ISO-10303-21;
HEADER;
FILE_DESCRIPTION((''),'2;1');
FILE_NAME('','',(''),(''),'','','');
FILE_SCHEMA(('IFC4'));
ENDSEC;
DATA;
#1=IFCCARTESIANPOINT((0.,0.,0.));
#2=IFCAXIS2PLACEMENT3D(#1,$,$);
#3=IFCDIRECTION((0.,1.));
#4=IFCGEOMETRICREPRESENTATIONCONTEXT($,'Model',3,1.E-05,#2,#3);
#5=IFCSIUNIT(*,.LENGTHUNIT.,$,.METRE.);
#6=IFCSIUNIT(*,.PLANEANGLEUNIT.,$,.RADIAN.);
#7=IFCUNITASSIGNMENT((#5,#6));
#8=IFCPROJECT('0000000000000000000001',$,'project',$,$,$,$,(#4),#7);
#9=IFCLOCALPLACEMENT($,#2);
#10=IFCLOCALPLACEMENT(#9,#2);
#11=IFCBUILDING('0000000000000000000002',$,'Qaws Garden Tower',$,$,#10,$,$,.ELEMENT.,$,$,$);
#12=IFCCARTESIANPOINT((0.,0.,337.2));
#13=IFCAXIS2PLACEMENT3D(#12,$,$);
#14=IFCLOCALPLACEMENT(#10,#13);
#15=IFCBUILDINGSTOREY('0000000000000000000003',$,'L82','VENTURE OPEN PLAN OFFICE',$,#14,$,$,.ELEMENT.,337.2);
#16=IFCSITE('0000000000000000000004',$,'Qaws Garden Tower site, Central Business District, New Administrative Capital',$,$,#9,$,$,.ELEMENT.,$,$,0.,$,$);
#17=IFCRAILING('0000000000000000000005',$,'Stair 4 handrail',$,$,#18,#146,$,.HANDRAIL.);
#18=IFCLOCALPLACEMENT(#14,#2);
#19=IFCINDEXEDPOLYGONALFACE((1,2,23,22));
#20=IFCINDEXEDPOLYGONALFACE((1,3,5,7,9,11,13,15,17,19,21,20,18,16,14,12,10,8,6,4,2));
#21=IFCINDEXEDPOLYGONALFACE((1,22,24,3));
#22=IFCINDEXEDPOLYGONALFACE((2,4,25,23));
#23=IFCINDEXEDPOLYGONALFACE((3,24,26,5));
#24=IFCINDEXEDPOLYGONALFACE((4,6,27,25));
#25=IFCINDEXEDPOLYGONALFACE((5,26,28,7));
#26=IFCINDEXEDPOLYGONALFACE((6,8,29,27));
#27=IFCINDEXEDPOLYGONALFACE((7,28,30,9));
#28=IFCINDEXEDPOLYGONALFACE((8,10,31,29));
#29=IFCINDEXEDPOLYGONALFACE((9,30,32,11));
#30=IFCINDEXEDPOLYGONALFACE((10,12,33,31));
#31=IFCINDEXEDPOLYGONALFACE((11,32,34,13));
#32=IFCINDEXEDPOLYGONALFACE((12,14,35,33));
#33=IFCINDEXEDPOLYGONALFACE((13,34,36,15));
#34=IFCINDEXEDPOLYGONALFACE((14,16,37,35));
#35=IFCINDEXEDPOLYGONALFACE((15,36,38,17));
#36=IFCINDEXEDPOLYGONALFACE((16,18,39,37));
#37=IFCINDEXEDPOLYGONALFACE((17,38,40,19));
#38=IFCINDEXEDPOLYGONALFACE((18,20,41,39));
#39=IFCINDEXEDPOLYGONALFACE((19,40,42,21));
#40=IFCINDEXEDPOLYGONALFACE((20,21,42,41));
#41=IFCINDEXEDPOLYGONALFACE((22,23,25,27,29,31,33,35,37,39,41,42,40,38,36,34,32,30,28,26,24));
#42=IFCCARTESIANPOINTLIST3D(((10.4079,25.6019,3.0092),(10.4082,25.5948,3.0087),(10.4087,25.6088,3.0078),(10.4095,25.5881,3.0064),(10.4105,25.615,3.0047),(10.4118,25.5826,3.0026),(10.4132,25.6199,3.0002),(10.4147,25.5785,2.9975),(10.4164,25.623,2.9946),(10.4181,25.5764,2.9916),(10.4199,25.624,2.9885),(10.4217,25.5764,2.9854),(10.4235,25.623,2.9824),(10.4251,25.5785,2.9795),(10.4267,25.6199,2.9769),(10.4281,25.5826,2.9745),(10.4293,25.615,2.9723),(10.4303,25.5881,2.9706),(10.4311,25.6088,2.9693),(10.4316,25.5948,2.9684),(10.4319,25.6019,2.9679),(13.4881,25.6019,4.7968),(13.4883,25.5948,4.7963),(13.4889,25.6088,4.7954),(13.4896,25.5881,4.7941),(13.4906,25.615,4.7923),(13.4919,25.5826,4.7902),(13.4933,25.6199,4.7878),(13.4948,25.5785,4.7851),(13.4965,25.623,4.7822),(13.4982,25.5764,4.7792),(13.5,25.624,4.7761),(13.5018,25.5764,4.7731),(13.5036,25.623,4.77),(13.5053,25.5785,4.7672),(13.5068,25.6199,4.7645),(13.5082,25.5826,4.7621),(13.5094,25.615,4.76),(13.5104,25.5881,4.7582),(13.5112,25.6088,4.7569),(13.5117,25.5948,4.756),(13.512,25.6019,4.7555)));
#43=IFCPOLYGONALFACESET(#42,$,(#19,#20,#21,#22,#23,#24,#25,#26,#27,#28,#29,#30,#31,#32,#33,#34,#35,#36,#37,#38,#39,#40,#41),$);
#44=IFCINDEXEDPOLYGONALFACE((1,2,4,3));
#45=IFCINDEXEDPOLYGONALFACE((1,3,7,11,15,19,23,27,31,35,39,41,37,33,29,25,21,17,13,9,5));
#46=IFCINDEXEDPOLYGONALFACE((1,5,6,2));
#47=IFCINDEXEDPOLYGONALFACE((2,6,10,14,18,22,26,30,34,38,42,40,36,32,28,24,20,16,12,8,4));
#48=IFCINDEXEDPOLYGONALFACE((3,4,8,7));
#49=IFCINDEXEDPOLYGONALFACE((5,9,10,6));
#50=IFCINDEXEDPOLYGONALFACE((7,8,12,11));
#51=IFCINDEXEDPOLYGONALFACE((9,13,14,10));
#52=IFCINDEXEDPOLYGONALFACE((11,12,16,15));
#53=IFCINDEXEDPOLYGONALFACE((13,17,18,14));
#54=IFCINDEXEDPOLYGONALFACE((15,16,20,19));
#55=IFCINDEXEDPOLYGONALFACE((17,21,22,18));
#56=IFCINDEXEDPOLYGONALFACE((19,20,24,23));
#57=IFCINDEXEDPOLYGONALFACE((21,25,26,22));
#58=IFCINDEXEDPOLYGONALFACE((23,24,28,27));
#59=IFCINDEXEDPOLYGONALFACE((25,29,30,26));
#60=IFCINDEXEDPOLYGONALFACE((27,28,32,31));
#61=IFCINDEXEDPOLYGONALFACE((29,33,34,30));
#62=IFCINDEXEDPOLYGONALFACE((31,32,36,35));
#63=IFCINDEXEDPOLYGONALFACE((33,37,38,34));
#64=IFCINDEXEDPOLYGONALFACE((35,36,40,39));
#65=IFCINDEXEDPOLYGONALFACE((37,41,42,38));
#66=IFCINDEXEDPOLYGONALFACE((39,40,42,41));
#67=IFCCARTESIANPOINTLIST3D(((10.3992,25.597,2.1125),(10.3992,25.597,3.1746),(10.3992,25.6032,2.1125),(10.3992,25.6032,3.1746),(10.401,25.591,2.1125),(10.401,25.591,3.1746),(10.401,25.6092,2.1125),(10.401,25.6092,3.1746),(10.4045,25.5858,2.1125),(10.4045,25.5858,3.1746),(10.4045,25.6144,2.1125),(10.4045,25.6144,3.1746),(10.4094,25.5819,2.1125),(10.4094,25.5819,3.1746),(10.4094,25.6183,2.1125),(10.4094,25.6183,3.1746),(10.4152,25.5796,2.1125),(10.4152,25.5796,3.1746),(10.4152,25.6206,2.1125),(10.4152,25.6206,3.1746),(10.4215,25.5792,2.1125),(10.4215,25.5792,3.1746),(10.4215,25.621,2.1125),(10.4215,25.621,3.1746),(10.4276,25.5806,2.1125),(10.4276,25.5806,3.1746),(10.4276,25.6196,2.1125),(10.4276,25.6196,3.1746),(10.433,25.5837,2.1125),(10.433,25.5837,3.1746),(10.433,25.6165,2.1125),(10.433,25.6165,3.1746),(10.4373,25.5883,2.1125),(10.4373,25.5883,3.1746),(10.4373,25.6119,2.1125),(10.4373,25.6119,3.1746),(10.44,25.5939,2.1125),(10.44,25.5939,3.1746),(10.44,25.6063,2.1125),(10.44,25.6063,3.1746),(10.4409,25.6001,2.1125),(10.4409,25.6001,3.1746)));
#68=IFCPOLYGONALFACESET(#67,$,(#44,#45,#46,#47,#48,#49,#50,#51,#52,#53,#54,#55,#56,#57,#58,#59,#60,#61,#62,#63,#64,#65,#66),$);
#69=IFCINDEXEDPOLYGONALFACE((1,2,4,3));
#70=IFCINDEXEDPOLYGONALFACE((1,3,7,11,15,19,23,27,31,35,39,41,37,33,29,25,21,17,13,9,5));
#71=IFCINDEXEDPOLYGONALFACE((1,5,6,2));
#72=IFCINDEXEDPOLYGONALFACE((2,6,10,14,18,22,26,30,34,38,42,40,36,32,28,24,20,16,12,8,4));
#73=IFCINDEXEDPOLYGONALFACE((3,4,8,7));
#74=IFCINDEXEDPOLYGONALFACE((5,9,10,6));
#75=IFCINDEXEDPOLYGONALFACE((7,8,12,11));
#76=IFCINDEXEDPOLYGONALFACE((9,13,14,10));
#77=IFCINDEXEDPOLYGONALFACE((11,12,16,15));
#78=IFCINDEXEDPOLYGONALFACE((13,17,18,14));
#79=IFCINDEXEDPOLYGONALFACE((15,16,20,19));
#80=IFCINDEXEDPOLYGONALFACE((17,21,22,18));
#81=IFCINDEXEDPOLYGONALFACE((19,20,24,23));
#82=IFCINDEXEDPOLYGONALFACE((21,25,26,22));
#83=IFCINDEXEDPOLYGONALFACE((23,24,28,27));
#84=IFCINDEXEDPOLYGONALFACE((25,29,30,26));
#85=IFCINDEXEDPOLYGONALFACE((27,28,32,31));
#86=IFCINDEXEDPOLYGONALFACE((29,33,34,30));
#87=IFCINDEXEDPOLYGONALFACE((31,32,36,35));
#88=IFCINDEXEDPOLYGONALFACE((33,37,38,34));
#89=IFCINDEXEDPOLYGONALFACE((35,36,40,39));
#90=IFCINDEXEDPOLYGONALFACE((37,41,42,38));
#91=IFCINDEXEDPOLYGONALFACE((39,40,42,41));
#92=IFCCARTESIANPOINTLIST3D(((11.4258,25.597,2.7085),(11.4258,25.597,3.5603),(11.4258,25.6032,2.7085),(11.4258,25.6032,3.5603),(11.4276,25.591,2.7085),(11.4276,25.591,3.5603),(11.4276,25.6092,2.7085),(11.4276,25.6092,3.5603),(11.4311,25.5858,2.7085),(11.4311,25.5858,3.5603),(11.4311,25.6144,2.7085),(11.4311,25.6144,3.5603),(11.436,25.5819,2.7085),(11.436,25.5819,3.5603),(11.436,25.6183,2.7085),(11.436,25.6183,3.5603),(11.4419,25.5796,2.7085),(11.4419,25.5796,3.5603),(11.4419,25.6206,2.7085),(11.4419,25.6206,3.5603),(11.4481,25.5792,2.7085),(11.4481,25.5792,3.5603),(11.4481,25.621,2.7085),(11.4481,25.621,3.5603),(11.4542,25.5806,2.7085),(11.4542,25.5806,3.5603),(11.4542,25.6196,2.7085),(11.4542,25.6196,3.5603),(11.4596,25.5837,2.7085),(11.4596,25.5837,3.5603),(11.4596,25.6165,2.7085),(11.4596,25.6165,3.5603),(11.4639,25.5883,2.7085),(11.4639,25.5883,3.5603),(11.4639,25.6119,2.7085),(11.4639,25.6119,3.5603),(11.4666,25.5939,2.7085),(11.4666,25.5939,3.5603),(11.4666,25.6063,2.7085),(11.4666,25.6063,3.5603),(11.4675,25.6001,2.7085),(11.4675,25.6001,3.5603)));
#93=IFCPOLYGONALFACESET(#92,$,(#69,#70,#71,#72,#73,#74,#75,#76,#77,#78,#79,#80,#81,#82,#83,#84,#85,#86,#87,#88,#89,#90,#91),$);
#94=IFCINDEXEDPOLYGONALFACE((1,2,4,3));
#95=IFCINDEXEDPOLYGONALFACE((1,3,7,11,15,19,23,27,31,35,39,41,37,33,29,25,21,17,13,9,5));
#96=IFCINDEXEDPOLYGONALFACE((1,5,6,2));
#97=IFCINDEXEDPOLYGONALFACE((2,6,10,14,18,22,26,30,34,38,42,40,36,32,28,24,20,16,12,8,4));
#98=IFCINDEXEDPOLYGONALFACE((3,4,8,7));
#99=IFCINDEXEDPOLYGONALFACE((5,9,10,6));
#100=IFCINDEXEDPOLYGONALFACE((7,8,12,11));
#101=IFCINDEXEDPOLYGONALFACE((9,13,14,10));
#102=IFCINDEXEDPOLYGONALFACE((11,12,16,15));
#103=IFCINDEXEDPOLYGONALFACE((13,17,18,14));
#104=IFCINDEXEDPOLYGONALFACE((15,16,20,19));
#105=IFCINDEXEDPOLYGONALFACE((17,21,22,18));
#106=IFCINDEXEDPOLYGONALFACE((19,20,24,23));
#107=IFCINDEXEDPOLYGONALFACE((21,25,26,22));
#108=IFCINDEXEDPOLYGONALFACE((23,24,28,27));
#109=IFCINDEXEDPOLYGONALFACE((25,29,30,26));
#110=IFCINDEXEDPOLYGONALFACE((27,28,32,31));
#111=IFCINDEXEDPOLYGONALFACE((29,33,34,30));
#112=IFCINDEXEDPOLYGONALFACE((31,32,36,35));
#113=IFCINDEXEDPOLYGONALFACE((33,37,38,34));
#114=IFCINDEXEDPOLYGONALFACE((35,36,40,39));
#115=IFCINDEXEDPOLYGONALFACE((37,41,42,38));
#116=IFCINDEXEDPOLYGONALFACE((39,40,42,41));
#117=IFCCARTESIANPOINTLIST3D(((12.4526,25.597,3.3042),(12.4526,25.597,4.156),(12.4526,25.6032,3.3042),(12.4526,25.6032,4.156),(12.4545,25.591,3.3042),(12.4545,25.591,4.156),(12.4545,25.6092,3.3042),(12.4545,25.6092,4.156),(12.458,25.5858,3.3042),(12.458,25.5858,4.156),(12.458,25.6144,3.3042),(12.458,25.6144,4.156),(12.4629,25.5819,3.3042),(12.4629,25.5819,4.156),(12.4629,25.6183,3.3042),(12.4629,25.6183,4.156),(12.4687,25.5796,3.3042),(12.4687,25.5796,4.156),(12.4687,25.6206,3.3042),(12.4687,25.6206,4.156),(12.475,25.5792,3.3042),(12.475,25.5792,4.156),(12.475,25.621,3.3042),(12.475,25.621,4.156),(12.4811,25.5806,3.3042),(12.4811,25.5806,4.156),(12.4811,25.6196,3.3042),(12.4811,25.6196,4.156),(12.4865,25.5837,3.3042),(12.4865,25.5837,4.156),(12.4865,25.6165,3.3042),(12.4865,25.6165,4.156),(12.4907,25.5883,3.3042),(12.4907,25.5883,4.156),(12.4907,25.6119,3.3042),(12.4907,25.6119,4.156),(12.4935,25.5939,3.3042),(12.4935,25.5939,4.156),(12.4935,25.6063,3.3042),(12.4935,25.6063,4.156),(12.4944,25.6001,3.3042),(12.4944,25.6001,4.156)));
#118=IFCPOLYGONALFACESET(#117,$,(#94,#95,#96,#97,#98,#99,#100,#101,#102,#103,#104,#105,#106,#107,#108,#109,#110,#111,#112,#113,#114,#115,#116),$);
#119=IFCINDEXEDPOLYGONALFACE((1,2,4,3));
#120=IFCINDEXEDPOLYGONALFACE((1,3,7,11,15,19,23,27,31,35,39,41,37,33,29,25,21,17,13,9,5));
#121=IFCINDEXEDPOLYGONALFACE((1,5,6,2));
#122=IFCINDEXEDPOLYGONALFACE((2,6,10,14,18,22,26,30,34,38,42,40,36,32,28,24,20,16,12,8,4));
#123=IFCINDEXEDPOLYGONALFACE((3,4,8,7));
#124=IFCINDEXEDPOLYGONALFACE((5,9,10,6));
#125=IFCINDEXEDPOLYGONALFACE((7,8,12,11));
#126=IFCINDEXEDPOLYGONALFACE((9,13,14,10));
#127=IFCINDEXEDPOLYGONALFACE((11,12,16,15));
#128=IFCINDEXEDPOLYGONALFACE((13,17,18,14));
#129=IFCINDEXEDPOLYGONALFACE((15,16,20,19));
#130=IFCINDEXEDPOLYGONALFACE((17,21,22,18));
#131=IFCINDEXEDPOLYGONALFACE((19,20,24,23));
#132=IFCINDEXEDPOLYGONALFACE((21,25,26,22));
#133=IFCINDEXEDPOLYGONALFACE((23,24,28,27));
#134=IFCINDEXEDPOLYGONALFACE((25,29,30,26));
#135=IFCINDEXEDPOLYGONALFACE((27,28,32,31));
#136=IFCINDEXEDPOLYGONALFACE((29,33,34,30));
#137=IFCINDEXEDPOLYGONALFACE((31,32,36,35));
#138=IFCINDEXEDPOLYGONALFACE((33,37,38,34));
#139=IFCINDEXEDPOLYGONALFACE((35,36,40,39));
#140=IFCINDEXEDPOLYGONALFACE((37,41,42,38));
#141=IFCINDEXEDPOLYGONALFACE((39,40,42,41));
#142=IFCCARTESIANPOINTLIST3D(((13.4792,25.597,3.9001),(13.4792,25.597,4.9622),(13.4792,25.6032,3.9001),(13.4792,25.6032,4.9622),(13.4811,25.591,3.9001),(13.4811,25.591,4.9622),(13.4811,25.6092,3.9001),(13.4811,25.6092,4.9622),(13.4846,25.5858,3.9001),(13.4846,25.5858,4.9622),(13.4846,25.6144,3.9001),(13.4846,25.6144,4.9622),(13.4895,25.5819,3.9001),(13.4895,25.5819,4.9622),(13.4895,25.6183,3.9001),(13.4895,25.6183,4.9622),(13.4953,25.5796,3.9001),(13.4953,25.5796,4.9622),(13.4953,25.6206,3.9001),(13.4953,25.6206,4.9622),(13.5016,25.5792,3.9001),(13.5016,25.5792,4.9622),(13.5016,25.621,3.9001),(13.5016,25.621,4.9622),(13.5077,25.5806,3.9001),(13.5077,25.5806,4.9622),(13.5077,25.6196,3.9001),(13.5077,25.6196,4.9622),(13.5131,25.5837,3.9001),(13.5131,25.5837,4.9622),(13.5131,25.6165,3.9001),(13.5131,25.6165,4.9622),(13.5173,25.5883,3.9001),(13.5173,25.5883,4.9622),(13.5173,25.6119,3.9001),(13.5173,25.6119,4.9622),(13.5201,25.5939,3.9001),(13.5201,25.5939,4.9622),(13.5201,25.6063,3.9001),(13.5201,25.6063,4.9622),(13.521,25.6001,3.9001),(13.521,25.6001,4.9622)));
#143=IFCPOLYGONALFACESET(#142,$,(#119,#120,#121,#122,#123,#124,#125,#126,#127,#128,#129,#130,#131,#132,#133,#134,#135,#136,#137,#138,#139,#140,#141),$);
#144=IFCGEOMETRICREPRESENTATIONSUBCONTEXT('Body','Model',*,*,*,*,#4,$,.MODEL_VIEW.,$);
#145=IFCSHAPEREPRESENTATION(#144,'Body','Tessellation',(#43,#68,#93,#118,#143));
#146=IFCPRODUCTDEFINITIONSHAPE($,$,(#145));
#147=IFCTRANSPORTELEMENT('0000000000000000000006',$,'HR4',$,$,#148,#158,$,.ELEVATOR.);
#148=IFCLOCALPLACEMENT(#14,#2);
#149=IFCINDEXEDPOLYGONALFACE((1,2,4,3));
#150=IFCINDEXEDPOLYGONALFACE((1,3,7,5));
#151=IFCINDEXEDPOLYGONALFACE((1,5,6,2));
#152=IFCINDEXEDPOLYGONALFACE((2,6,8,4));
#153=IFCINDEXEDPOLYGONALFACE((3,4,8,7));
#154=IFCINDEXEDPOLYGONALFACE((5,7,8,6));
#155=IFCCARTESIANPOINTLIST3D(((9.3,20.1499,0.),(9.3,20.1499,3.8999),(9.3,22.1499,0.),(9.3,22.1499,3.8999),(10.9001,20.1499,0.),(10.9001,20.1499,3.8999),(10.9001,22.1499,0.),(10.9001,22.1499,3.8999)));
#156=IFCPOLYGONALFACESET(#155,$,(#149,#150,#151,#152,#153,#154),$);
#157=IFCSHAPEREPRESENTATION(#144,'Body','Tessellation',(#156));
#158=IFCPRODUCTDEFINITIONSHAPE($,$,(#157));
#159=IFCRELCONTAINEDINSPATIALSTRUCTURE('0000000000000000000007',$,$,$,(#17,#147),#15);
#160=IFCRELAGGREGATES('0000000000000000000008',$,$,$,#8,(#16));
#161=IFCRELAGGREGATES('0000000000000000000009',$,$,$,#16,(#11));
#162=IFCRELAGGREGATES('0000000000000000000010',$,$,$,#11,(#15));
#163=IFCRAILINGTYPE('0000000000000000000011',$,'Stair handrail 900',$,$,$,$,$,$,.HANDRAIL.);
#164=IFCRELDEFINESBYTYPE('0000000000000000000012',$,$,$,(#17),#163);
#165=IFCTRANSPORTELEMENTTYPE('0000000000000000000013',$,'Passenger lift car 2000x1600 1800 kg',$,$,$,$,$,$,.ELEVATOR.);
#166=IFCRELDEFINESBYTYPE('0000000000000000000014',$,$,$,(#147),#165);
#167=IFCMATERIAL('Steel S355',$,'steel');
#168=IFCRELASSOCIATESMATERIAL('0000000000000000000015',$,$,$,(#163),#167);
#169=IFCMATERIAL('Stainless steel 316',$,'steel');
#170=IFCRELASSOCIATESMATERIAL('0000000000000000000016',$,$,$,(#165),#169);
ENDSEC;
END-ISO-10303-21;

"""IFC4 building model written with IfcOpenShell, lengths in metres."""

from ifc_helpers import new_model, si_unit, direction, frame, origin, origin_2d, place, context, subcontext, project, spatial, rectangle, circle, extrude, material, type_object, element, save


model = new_model("IFC4")

# Units and contexts
model_context = context("Model", 3, precision=1e-05, world=origin(), true_north=direction((0.0, 1.0)))
body_context = subcontext(model_context, "Body", "Model", "MODEL_VIEW")
ifc_project = project(units=[si_unit("LENGTHUNIT", "METRE"), si_unit("PLANEANGLEUNIT", "RADIAN")], contexts=[model_context])

# Site, building, storey
site_placement = place(None, origin())
site = spatial("IfcSite", under=ifc_project, at=site_placement, Name="Qaws Garden Tower site, Central Business District, New Administrative Capital", CompositionType="ELEMENT", RefElevation=0.0)
building_placement = place(site_placement, origin())
building = spatial("IfcBuilding", under=site, at=building_placement, Name="Qaws Garden Tower", CompositionType="ELEMENT")
storey_placement = place(building_placement, frame((0.0, 0.0, 337.2)))
storey = spatial("IfcBuildingStorey", under=building, at=storey_placement, Name="L82", Description="VENTURE OPEN PLAN OFFICE", CompositionType="ELEMENT", Elevation=337.2)

# Railing
ifc_material_1 = material(Name="Steel S355", Category="steel")
railing_type = type_object("IfcRailingType", Name="Stair handrail 900", PredefinedType="HANDRAIL", material=ifc_material_1)
railing_1_placement = place(storey_placement, frame((10.4199, 25.6001, 2.1125)))
element("IfcRailing", 1, at=railing_1_placement, inside=storey, type_object=railing_type, Name="Stair 4 handrail", PredefinedType="HANDRAIL", context=body_context, shape_type="SweptSolid", body=[
    extrude(circle(Radius=0.0239, at=origin_2d()), frame((0.0, 0.0, 0.876), z_axis=(0.864891, 0.0, 0.50196), x_axis=(0.0, 1.0, 0.0)), (0.0, 0.0, 1.0), 3.5613),
    extrude(circle(Radius=0.021, at=origin_2d()), origin(), (0.0, 0.0, 1.0), 1.062),
    extrude(circle(Radius=0.021, at=origin_2d()), frame((1.0266, 0.0, 0.5959)), (0.0, 0.0, 1.0), 0.8518),
    extrude(circle(Radius=0.021, at=origin_2d()), frame((2.0535, 0.0, 1.1917)), (0.0, 0.0, 1.0), 0.8518),
    extrude(circle(Radius=0.021, at=origin_2d()), frame((3.0801, 0.0, 1.7876)), (0.0, 0.0, 1.0), 1.062),
])

# Transport element
ifc_material_2 = material(Name="Stainless steel 316", Category="steel")
transport_element_type = type_object("IfcTransportElementType", Name="Passenger lift car 2000x1600 1800 kg", PredefinedType="ELEVATOR", material=ifc_material_2)
transport_element_placement = place(storey_placement, frame((10.1001, 21.1499, 0.0), z_axis=(0.0, 0.0, 1.0), x_axis=(1.0, 0.0, 0.0)))
element("IfcTransportElement", 2, at=transport_element_placement, inside=storey, type_object=transport_element_type, Name="HR4", PredefinedType="ELEVATOR", context=body_context, shape_type="SweptSolid", body=[
    extrude(rectangle(XDim=1.6001, YDim=2.0, at=origin_2d()), origin(), (0.0, 0.0, 1.0), 3.8999),
])

save(model, "model.ifc")
